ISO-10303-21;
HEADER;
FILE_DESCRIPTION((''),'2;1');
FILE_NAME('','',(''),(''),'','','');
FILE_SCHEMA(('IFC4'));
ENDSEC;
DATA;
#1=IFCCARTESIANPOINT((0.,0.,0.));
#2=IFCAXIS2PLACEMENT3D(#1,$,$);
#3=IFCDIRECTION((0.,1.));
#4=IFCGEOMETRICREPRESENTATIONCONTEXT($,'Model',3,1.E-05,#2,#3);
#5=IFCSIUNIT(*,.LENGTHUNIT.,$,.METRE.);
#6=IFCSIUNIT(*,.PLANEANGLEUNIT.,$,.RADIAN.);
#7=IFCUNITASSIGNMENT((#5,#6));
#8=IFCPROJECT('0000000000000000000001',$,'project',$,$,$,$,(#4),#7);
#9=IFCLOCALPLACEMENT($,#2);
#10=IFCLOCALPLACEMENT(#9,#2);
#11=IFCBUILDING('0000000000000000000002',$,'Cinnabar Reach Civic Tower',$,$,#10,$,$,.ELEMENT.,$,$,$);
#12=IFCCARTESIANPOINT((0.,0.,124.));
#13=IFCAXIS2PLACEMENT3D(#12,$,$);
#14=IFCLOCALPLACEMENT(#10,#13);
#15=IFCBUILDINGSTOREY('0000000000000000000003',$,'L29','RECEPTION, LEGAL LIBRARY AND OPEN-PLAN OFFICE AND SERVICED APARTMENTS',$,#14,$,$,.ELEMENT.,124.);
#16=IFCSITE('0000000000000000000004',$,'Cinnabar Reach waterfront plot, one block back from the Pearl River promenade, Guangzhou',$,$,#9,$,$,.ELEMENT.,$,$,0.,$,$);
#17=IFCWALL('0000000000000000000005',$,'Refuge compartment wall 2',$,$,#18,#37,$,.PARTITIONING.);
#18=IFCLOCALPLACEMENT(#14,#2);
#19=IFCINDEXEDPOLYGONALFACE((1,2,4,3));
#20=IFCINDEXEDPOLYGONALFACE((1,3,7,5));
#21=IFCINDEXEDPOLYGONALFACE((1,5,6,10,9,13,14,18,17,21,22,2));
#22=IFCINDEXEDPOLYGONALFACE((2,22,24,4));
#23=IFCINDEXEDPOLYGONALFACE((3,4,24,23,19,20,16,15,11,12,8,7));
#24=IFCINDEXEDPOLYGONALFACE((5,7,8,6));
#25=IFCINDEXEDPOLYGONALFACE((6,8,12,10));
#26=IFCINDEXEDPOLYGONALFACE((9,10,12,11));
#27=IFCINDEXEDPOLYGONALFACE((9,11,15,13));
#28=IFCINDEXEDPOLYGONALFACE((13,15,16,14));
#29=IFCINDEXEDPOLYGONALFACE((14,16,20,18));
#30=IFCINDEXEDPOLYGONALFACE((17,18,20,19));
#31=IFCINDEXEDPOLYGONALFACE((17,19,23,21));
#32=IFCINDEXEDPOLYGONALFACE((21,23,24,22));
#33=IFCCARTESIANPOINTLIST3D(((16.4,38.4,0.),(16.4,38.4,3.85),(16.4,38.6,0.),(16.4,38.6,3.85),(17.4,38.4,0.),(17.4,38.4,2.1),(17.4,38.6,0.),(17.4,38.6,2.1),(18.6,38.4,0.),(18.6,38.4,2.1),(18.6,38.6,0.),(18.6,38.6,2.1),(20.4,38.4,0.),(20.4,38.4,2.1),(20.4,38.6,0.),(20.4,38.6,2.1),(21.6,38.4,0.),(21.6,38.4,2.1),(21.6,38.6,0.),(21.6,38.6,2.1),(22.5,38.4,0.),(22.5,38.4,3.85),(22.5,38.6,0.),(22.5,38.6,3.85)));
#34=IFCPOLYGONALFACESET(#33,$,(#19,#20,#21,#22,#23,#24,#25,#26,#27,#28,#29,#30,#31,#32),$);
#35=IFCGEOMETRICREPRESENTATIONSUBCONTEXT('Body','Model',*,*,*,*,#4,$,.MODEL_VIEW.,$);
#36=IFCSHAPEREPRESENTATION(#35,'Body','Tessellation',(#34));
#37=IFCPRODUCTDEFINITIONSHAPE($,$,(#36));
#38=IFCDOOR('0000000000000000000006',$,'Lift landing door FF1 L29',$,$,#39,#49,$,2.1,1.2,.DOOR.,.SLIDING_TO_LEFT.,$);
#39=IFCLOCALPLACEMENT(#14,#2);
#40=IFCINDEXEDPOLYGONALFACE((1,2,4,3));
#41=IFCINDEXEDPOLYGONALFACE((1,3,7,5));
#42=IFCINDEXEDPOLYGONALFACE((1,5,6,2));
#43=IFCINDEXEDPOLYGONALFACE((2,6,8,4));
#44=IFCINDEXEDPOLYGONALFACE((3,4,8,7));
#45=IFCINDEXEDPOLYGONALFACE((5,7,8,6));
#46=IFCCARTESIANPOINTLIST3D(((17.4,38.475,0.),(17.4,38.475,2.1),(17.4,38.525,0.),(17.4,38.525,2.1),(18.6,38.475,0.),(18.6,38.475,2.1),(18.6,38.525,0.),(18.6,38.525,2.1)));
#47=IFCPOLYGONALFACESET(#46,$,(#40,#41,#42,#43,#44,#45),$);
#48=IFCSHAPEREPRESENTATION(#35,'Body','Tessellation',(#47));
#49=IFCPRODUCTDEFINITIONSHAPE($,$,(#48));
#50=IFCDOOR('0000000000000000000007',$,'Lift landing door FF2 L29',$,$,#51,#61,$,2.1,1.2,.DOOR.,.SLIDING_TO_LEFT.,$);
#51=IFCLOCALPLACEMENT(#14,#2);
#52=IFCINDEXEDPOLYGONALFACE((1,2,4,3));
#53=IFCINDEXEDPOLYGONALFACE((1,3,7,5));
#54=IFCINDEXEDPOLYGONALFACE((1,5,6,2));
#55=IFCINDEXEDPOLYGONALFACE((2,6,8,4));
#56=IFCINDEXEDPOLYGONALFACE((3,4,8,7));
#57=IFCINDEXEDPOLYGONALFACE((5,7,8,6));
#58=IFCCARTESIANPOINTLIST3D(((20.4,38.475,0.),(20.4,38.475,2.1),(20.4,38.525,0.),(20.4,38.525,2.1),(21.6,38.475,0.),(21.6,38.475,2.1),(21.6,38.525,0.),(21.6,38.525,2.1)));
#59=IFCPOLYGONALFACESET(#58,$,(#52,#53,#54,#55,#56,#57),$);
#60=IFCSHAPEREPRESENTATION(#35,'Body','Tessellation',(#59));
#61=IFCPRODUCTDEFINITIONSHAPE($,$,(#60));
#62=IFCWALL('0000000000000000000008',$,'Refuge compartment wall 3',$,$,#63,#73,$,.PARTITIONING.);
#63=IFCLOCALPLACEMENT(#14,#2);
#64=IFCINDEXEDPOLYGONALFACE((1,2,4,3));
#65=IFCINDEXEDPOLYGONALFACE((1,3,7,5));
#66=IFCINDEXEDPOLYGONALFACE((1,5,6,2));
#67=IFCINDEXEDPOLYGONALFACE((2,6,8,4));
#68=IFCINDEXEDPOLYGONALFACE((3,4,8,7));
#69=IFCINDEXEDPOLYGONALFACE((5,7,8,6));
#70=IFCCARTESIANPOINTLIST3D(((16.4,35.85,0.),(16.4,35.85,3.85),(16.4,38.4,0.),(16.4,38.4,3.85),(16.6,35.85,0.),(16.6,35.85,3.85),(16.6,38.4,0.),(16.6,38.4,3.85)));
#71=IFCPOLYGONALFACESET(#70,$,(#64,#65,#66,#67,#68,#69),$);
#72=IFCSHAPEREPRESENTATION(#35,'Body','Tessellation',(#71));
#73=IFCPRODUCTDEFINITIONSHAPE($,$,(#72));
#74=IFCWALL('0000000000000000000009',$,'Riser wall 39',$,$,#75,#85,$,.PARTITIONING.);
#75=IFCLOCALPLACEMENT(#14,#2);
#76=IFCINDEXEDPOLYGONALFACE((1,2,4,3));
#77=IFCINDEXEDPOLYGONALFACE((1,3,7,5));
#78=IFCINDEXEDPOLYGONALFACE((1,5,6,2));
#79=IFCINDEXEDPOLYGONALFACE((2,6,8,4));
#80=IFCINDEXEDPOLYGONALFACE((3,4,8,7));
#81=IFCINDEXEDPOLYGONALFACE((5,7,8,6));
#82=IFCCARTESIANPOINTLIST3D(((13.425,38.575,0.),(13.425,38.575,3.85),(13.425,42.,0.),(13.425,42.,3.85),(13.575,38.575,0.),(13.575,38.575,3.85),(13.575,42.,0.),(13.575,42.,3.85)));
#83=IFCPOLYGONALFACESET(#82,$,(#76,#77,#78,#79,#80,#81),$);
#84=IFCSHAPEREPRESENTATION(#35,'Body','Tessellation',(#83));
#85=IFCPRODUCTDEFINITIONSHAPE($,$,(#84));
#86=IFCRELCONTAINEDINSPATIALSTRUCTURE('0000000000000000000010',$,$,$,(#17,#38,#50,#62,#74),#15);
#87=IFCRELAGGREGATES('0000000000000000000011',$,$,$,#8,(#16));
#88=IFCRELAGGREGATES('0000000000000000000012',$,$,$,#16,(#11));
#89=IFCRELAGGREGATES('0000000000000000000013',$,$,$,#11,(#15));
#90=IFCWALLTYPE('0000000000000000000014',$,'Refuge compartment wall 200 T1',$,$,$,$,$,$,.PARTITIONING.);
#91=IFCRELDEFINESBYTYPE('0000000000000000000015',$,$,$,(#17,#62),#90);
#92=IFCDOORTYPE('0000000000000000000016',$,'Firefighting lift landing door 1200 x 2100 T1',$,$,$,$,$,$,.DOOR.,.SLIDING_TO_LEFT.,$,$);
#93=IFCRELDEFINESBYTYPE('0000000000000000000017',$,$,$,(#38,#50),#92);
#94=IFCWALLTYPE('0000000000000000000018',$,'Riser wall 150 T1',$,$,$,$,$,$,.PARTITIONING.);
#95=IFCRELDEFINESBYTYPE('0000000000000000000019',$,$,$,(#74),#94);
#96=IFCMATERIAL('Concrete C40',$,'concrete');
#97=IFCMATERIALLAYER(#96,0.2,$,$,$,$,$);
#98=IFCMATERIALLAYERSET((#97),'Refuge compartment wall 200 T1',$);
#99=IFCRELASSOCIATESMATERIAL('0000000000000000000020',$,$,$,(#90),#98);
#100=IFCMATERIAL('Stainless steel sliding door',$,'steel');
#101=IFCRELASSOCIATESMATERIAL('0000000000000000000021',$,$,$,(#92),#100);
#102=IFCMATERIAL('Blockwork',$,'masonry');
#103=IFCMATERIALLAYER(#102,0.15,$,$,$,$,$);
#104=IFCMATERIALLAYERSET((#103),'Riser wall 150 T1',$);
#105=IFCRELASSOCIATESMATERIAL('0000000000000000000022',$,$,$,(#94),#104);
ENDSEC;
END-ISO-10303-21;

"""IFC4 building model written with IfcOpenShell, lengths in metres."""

from ifc_helpers import new_model, si_unit, direction, frame, frame_2d, origin, place, context, subcontext, project, spatial, rectangle, extrude, material, layer, layer_set, type_object, element, fill, save


model = new_model("IFC4")

# Units and contexts
model_context = context("Model", 3, precision=1e-05, world=origin(), true_north=direction((0.0, 1.0)))
body_context = subcontext(model_context, "Body", "Model", "MODEL_VIEW")
ifc_project = project(units=[si_unit("LENGTHUNIT", "METRE"), si_unit("PLANEANGLEUNIT", "RADIAN")], contexts=[model_context])

# Site, building, storey
site_placement = place(None, origin())
site = spatial("IfcSite", under=ifc_project, at=site_placement, Name="Cinnabar Reach waterfront plot, one block back from the Pearl River promenade, Guangzhou", CompositionType="ELEMENT", RefElevation=0.0)
building_placement = place(site_placement, origin())
building = spatial("IfcBuilding", under=site, at=building_placement, Name="Cinnabar Reach Civic Tower", CompositionType="ELEMENT")
storey_placement = place(building_placement, frame((0.0, 0.0, 124.0)))
storey = spatial("IfcBuildingStorey", under=building, at=storey_placement, Name="L29", Description="RECEPTION, LEGAL LIBRARY AND OPEN-PLAN OFFICE AND SERVICED APARTMENTS", CompositionType="ELEMENT", Elevation=124.0)

# Shared definitions
ifc_material_1 = material(Name="Blockwork", Category="masonry")
ifc_material_2 = material(Name="Concrete C40", Category="concrete")
ifc_layer_1 = layer(ifc_material_2, 0.2)
ifc_layer_set_1 = layer_set([ifc_layer_1], Name="Refuge compartment wall 200 T1")
wall_type_1 = type_object("IfcWallType", Name="Refuge compartment wall 200 T1", PredefinedType="PARTITIONING", material=ifc_layer_set_1)

# Wall, openings, doors
wall_1_placement = place(storey_placement, frame((16.4, 38.5, 0.0), z_axis=(0.0, 0.0, 1.0), x_axis=(1.0, 0.0, 0.0)))
wall_1 = element("IfcWall", 1, at=wall_1_placement, inside=storey, type_object=wall_type_1, Name="Refuge compartment wall 2", PredefinedType="PARTITIONING", context=body_context, shape_type="SweptSolid", body=[
    extrude(rectangle(XDim=6.1, YDim=0.2, at=frame_2d((3.05, 0.0))), origin(), (0.0, 0.0, 1.0), 3.85),
])
opening_1_placement = place(wall_1_placement, frame((1.0, 0.0, 0.0)))
opening_1 = element("IfcOpeningElement", 2, at=opening_1_placement, cuts=wall_1, PredefinedType="OPENING", context=body_context, shape_type="SweptSolid", body=[
    extrude(rectangle(XDim=1.2, YDim=2.1, at=frame_2d((0.6, 1.05))), frame((0.0, 0.11, 0.0), z_axis=(0.0, -1.0, 0.0), x_axis=(1.0, 0.0, 0.0)), (0.0, 0.0, 1.0), 0.22),
])
opening_2_placement = place(wall_1_placement, frame((4.0, 0.0, 0.0)))
opening_2 = element("IfcOpeningElement", 3, at=opening_2_placement, cuts=wall_1, PredefinedType="OPENING", context=body_context, shape_type="SweptSolid", body=[
    extrude(rectangle(XDim=1.2, YDim=2.1, at=frame_2d((0.6, 1.05))), frame((0.0, 0.11, 0.0), z_axis=(0.0, -1.0, 0.0), x_axis=(1.0, 0.0, 0.0)), (0.0, 0.0, 1.0), 0.22),
])
ifc_material_3 = material(Name="Stainless steel sliding door", Category="steel")
door_type_1 = type_object("IfcDoorType", Name="Firefighting lift landing door 1200 x 2100 T1", OperationType="SLIDING_TO_LEFT", PredefinedType="DOOR", material=ifc_material_3)
door_1_placement = place(opening_1_placement, origin())
door_1 = element("IfcDoor", 4, at=door_1_placement, inside=storey, type_object=door_type_1, Name="Lift landing door FF1 L29", OperationType="SLIDING_TO_LEFT", OverallHeight=2.1, OverallWidth=1.2, PredefinedType="DOOR", context=body_context, shape_type="SweptSolid", body=[
    extrude(rectangle(XDim=1.2, YDim=2.1, at=frame_2d((0.6, 1.05))), frame((0.0, 0.025, 0.0), z_axis=(0.0, -1.0, 0.0), x_axis=(1.0, 0.0, 0.0)), (0.0, 0.0, 1.0), 0.05),
])
fill(opening_1, door_1)
door_2_placement = place(opening_2_placement, origin())
door_2 = element("IfcDoor", 5, at=door_2_placement, inside=storey, type_object=door_type_1, Name="Lift landing door FF2 L29", OperationType="SLIDING_TO_LEFT", OverallHeight=2.1, OverallWidth=1.2, PredefinedType="DOOR", context=body_context, shape_type="SweptSolid", body=[
    extrude(rectangle(XDim=1.2, YDim=2.1, at=frame_2d((0.6, 1.05))), frame((0.0, 0.025, 0.0), z_axis=(0.0, -1.0, 0.0), x_axis=(1.0, 0.0, 0.0)), (0.0, 0.0, 1.0), 0.05),
])
fill(opening_2, door_2)

# Walls
wall_2_placement = place(storey_placement, frame((16.5, 35.85, 0.0), z_axis=(0.0, 0.0, 1.0), x_axis=(0.0, 1.0, 0.0)))
element("IfcWall", 6, at=wall_2_placement, inside=storey, type_object=wall_type_1, Name="Refuge compartment wall 3", PredefinedType="PARTITIONING", context=body_context, shape_type="SweptSolid", body=[
    extrude(rectangle(XDim=2.55, YDim=0.2, at=frame_2d((1.275, 0.0))), origin(), (0.0, 0.0, 1.0), 3.85),
])
ifc_layer_2 = layer(ifc_material_1, 0.15)
ifc_layer_set_2 = layer_set([ifc_layer_2], Name="Riser wall 150 T1")
wall_type_2 = type_object("IfcWallType", Name="Riser wall 150 T1", PredefinedType="PARTITIONING", material=ifc_layer_set_2)
wall_3_placement = place(storey_placement, frame((13.5, 38.575, 0.0), z_axis=(0.0, 0.0, 1.0), x_axis=(0.0, 1.0, 0.0)))
element("IfcWall", 7, at=wall_3_placement, inside=storey, type_object=wall_type_2, Name="Riser wall 39", PredefinedType="PARTITIONING", context=body_context, shape_type="SweptSolid", body=[
    extrude(rectangle(XDim=3.425, YDim=0.15, at=frame_2d((1.7125, 0.0))), origin(), (0.0, 0.0, 1.0), 3.85),
])

save(model, "model.ifc")
